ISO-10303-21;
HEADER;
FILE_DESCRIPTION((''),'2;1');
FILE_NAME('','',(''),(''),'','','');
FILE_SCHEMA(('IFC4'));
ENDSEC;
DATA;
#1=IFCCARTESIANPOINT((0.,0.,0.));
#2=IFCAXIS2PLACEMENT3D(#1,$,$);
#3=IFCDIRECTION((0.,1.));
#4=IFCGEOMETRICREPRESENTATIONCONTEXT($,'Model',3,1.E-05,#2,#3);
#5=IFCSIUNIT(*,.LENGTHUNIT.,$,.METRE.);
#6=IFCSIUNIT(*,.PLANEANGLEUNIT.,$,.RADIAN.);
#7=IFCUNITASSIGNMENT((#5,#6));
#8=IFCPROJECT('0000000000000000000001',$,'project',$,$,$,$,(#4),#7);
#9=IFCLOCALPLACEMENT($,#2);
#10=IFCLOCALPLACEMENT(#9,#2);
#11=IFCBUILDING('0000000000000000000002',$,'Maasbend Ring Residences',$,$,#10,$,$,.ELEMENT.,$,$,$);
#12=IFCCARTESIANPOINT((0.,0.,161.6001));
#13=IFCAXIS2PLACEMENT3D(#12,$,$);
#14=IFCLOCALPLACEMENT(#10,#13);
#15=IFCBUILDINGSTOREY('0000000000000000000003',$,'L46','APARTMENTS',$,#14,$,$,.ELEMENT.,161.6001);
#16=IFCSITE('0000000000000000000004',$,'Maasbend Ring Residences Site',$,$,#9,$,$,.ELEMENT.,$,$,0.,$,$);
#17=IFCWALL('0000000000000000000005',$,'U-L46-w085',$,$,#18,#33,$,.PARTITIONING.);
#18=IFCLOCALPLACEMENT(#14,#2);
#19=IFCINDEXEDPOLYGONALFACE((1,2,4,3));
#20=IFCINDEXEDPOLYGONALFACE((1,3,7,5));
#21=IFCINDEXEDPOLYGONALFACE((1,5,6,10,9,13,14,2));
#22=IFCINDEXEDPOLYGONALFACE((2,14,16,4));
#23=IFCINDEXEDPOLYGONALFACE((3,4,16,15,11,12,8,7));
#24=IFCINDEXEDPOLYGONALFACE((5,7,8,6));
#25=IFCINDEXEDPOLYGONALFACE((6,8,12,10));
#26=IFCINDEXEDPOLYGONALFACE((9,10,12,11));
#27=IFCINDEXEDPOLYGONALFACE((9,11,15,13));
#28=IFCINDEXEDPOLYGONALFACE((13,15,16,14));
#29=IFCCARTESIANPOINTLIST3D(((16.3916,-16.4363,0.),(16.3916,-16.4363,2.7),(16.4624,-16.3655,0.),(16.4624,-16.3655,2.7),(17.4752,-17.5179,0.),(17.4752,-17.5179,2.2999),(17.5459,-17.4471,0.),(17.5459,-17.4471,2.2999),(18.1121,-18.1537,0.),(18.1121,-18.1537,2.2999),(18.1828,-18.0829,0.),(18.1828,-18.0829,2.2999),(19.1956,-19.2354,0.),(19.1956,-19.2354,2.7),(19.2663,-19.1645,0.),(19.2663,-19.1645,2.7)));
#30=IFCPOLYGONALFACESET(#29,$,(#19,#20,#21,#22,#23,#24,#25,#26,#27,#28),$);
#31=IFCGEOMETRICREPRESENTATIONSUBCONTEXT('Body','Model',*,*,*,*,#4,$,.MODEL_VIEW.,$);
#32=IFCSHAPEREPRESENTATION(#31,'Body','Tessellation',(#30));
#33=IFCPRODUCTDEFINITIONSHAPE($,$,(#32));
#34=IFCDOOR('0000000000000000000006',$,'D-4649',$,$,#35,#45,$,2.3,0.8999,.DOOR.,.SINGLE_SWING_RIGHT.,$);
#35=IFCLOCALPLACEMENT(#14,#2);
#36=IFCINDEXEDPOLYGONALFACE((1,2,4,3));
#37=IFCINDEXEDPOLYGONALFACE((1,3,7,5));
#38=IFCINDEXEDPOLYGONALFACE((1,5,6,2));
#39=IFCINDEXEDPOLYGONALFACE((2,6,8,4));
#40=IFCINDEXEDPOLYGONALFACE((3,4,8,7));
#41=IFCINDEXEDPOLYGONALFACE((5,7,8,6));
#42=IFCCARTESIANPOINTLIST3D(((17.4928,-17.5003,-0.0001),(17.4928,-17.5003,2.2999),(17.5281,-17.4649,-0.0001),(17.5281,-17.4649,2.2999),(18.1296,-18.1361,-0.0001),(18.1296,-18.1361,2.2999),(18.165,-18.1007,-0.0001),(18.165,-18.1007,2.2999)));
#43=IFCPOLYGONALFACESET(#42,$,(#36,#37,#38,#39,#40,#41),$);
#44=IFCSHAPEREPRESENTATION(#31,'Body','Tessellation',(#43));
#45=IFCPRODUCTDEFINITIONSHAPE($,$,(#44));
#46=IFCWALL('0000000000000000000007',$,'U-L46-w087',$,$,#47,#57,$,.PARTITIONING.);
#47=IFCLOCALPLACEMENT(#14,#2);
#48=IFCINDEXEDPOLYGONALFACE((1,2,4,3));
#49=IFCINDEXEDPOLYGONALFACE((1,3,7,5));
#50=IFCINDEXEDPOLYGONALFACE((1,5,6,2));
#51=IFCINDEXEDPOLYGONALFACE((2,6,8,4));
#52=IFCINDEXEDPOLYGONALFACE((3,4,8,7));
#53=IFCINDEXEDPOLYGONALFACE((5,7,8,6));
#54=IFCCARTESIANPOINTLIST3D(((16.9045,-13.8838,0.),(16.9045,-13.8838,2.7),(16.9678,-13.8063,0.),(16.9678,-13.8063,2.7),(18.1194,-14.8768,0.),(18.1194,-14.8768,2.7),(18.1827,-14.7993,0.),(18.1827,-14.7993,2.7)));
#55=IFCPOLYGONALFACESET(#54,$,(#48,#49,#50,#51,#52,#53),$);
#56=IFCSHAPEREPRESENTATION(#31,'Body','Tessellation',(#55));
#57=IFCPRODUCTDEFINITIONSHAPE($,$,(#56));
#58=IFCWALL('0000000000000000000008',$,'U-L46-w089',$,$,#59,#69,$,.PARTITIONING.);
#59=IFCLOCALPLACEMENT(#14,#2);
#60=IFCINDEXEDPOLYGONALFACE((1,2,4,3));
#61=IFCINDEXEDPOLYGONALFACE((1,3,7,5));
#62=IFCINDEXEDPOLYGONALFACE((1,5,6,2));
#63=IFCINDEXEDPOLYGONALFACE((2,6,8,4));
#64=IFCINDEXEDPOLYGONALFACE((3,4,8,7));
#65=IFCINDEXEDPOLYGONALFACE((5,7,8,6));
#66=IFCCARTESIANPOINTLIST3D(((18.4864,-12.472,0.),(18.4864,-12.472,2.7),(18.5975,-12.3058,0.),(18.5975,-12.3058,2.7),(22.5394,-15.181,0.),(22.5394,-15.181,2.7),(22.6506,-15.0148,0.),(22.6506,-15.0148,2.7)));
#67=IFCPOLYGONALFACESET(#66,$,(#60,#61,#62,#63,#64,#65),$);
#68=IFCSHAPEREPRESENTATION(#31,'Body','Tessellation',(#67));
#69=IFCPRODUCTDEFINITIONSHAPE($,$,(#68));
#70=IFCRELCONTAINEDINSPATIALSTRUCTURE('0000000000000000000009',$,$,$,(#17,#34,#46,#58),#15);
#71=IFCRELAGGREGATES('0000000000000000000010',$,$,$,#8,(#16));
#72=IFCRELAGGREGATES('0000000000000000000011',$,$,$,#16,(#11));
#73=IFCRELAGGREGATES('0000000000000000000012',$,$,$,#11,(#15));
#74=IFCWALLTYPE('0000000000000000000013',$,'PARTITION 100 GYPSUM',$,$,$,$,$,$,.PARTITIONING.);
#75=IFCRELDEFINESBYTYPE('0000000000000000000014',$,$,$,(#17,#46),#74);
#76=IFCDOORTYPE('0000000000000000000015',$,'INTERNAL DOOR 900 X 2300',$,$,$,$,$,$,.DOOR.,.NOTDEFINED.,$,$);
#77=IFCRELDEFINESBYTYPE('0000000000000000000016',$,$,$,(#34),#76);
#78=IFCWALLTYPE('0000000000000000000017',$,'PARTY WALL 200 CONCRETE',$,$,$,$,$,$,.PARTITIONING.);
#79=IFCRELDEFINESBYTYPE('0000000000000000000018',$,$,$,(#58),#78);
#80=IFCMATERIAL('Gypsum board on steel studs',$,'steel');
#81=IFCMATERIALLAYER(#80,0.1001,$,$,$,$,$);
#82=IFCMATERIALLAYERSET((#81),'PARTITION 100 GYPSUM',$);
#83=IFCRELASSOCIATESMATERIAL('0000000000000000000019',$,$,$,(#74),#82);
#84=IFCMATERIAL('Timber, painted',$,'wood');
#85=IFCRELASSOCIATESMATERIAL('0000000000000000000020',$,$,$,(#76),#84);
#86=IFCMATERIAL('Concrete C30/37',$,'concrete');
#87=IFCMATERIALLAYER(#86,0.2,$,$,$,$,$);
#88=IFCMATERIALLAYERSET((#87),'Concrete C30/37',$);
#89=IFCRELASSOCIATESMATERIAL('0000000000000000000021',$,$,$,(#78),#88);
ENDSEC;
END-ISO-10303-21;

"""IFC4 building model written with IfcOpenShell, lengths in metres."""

from ifc_helpers import new_model, si_unit, direction, frame, frame_2d, origin, place, context, subcontext, project, spatial, rectangle, extrude, material, layer, layer_set, type_object, element, fill, save


model = new_model("IFC4")

# Units and contexts
model_context = context("Model", 3, precision=1e-05, world=origin(), true_north=direction((0.0, 1.0)))
body_context = subcontext(model_context, "Body", "Model", "MODEL_VIEW")
ifc_project = project(units=[si_unit("LENGTHUNIT", "METRE"), si_unit("PLANEANGLEUNIT", "RADIAN")], contexts=[model_context])

# Site, building, storey
site_placement = place(None, origin())
site = spatial("IfcSite", under=ifc_project, at=site_placement, Name="Maasbend Ring Residences Site", CompositionType="ELEMENT", RefElevation=0.0)
building_placement = place(site_placement, origin())
building = spatial("IfcBuilding", under=site, at=building_placement, Name="Maasbend Ring Residences", CompositionType="ELEMENT")
storey_placement = place(building_placement, frame((0.0, 0.0, 161.6001)))
storey = spatial("IfcBuildingStorey", under=building, at=storey_placement, Name="L46", Description="APARTMENTS", CompositionType="ELEMENT", Elevation=161.6001)

# Shared definitions
ifc_material_1 = material(Name="Gypsum board on steel studs", Category="steel")
ifc_layer_1 = layer(ifc_material_1, 0.1001)
ifc_layer_set_1 = layer_set([ifc_layer_1], Name="PARTITION 100 GYPSUM")
wall_type_1 = type_object("IfcWallType", Name="PARTITION 100 GYPSUM", PredefinedType="PARTITIONING", material=ifc_layer_set_1)
ifc_material_2 = material(Name="Timber, painted", Category="wood")
door_type_1 = type_object("IfcDoorType", Name="INTERNAL DOOR 900 X 2300", OperationType="NOTDEFINED", PredefinedType="DOOR", material=ifc_material_2)

# Wall, opening, door
wall_1_placement = place(storey_placement, frame((16.427, -16.4009, 0.0), z_axis=(0.0, 0.0, 1.0), x_axis=(0.707723, -0.70649, 0.0)))
wall_1 = element("IfcWall", 1, at=wall_1_placement, inside=storey, type_object=wall_type_1, Name="U-L46-w085", PredefinedType="PARTITIONING", context=body_context, shape_type="SweptSolid", body=[
    extrude(rectangle(XDim=3.9619, YDim=0.1001, at=frame_2d((1.981, 0.0))), origin(), (0.0, 0.0, 1.0), 2.7),
])
opening_1_placement = place(wall_1_placement, frame((1.531, 0.0, 0.0)))
opening_1 = element("IfcOpeningElement", 2, at=opening_1_placement, cuts=wall_1, PredefinedType="OPENING", context=body_context, shape_type="SweptSolid", body=[
    extrude(rectangle(XDim=0.8999, YDim=2.3, at=frame_2d((0.45, 1.1499))), frame((0.0, 0.0601, 0.0), z_axis=(0.0, -1.0, 0.0), x_axis=(1.0, 0.0, 0.0)), (0.0, 0.0, 1.0), 0.1201),
])
door_1_placement = place(opening_1_placement, origin())
door_1 = element("IfcDoor", 3, at=door_1_placement, inside=storey, type_object=door_type_1, Name="D-4649", OperationType="SINGLE_SWING_RIGHT", OverallHeight=2.3, OverallWidth=0.8999, PredefinedType="DOOR", context=body_context, shape_type="SweptSolid", body=[
    extrude(rectangle(XDim=0.8999, YDim=2.3, at=frame_2d((0.45, 1.1499))), frame((0.0, 0.0249, 0.0), z_axis=(0.0, -1.0, 0.0), x_axis=(1.0, 0.0, 0.0)), (0.0, 0.0, 1.0), 0.05),
])
fill(opening_1, door_1)

# Walls
wall_2_placement = place(storey_placement, frame((16.936, -13.845, 0.0), z_axis=(0.0, 0.0, 1.0), x_axis=(0.774283, -0.632839, 0.0)))
element("IfcWall", 4, at=wall_2_placement, inside=storey, type_object=wall_type_1, Name="U-L46-w087", PredefinedType="PARTITIONING", context=body_context, shape_type="SweptSolid", body=[
    extrude(rectangle(XDim=1.5691, YDim=0.1001, at=frame_2d((0.7847, 0.0))), origin(), (0.0, 0.0, 1.0), 2.7),
])
ifc_material_3 = material(Name="Concrete C30/37", Category="concrete")
ifc_layer_2 = layer(ifc_material_3, 0.2)
ifc_layer_set_2 = layer_set([ifc_layer_2], Name="Concrete C30/37")
wall_type_2 = type_object("IfcWallType", Name="PARTY WALL 200 CONCRETE", PredefinedType="PARTITIONING", material=ifc_layer_set_2)
wall_3_placement = place(storey_placement, frame((18.542, -12.3889, 0.0), z_axis=(0.0, 0.0, 1.0), x_axis=(0.831387, -0.555694, 0.0)))
element("IfcWall", 5, at=wall_3_placement, inside=storey, type_object=wall_type_2, Name="U-L46-w089", PredefinedType="PARTITIONING", context=body_context, shape_type="SweptSolid", body=[
    extrude(rectangle(XDim=4.875, YDim=0.2, at=frame_2d((2.4375, 0.0))), origin(), (0.0, 0.0, 1.0), 2.7),
])

save(model, "model.ifc")
